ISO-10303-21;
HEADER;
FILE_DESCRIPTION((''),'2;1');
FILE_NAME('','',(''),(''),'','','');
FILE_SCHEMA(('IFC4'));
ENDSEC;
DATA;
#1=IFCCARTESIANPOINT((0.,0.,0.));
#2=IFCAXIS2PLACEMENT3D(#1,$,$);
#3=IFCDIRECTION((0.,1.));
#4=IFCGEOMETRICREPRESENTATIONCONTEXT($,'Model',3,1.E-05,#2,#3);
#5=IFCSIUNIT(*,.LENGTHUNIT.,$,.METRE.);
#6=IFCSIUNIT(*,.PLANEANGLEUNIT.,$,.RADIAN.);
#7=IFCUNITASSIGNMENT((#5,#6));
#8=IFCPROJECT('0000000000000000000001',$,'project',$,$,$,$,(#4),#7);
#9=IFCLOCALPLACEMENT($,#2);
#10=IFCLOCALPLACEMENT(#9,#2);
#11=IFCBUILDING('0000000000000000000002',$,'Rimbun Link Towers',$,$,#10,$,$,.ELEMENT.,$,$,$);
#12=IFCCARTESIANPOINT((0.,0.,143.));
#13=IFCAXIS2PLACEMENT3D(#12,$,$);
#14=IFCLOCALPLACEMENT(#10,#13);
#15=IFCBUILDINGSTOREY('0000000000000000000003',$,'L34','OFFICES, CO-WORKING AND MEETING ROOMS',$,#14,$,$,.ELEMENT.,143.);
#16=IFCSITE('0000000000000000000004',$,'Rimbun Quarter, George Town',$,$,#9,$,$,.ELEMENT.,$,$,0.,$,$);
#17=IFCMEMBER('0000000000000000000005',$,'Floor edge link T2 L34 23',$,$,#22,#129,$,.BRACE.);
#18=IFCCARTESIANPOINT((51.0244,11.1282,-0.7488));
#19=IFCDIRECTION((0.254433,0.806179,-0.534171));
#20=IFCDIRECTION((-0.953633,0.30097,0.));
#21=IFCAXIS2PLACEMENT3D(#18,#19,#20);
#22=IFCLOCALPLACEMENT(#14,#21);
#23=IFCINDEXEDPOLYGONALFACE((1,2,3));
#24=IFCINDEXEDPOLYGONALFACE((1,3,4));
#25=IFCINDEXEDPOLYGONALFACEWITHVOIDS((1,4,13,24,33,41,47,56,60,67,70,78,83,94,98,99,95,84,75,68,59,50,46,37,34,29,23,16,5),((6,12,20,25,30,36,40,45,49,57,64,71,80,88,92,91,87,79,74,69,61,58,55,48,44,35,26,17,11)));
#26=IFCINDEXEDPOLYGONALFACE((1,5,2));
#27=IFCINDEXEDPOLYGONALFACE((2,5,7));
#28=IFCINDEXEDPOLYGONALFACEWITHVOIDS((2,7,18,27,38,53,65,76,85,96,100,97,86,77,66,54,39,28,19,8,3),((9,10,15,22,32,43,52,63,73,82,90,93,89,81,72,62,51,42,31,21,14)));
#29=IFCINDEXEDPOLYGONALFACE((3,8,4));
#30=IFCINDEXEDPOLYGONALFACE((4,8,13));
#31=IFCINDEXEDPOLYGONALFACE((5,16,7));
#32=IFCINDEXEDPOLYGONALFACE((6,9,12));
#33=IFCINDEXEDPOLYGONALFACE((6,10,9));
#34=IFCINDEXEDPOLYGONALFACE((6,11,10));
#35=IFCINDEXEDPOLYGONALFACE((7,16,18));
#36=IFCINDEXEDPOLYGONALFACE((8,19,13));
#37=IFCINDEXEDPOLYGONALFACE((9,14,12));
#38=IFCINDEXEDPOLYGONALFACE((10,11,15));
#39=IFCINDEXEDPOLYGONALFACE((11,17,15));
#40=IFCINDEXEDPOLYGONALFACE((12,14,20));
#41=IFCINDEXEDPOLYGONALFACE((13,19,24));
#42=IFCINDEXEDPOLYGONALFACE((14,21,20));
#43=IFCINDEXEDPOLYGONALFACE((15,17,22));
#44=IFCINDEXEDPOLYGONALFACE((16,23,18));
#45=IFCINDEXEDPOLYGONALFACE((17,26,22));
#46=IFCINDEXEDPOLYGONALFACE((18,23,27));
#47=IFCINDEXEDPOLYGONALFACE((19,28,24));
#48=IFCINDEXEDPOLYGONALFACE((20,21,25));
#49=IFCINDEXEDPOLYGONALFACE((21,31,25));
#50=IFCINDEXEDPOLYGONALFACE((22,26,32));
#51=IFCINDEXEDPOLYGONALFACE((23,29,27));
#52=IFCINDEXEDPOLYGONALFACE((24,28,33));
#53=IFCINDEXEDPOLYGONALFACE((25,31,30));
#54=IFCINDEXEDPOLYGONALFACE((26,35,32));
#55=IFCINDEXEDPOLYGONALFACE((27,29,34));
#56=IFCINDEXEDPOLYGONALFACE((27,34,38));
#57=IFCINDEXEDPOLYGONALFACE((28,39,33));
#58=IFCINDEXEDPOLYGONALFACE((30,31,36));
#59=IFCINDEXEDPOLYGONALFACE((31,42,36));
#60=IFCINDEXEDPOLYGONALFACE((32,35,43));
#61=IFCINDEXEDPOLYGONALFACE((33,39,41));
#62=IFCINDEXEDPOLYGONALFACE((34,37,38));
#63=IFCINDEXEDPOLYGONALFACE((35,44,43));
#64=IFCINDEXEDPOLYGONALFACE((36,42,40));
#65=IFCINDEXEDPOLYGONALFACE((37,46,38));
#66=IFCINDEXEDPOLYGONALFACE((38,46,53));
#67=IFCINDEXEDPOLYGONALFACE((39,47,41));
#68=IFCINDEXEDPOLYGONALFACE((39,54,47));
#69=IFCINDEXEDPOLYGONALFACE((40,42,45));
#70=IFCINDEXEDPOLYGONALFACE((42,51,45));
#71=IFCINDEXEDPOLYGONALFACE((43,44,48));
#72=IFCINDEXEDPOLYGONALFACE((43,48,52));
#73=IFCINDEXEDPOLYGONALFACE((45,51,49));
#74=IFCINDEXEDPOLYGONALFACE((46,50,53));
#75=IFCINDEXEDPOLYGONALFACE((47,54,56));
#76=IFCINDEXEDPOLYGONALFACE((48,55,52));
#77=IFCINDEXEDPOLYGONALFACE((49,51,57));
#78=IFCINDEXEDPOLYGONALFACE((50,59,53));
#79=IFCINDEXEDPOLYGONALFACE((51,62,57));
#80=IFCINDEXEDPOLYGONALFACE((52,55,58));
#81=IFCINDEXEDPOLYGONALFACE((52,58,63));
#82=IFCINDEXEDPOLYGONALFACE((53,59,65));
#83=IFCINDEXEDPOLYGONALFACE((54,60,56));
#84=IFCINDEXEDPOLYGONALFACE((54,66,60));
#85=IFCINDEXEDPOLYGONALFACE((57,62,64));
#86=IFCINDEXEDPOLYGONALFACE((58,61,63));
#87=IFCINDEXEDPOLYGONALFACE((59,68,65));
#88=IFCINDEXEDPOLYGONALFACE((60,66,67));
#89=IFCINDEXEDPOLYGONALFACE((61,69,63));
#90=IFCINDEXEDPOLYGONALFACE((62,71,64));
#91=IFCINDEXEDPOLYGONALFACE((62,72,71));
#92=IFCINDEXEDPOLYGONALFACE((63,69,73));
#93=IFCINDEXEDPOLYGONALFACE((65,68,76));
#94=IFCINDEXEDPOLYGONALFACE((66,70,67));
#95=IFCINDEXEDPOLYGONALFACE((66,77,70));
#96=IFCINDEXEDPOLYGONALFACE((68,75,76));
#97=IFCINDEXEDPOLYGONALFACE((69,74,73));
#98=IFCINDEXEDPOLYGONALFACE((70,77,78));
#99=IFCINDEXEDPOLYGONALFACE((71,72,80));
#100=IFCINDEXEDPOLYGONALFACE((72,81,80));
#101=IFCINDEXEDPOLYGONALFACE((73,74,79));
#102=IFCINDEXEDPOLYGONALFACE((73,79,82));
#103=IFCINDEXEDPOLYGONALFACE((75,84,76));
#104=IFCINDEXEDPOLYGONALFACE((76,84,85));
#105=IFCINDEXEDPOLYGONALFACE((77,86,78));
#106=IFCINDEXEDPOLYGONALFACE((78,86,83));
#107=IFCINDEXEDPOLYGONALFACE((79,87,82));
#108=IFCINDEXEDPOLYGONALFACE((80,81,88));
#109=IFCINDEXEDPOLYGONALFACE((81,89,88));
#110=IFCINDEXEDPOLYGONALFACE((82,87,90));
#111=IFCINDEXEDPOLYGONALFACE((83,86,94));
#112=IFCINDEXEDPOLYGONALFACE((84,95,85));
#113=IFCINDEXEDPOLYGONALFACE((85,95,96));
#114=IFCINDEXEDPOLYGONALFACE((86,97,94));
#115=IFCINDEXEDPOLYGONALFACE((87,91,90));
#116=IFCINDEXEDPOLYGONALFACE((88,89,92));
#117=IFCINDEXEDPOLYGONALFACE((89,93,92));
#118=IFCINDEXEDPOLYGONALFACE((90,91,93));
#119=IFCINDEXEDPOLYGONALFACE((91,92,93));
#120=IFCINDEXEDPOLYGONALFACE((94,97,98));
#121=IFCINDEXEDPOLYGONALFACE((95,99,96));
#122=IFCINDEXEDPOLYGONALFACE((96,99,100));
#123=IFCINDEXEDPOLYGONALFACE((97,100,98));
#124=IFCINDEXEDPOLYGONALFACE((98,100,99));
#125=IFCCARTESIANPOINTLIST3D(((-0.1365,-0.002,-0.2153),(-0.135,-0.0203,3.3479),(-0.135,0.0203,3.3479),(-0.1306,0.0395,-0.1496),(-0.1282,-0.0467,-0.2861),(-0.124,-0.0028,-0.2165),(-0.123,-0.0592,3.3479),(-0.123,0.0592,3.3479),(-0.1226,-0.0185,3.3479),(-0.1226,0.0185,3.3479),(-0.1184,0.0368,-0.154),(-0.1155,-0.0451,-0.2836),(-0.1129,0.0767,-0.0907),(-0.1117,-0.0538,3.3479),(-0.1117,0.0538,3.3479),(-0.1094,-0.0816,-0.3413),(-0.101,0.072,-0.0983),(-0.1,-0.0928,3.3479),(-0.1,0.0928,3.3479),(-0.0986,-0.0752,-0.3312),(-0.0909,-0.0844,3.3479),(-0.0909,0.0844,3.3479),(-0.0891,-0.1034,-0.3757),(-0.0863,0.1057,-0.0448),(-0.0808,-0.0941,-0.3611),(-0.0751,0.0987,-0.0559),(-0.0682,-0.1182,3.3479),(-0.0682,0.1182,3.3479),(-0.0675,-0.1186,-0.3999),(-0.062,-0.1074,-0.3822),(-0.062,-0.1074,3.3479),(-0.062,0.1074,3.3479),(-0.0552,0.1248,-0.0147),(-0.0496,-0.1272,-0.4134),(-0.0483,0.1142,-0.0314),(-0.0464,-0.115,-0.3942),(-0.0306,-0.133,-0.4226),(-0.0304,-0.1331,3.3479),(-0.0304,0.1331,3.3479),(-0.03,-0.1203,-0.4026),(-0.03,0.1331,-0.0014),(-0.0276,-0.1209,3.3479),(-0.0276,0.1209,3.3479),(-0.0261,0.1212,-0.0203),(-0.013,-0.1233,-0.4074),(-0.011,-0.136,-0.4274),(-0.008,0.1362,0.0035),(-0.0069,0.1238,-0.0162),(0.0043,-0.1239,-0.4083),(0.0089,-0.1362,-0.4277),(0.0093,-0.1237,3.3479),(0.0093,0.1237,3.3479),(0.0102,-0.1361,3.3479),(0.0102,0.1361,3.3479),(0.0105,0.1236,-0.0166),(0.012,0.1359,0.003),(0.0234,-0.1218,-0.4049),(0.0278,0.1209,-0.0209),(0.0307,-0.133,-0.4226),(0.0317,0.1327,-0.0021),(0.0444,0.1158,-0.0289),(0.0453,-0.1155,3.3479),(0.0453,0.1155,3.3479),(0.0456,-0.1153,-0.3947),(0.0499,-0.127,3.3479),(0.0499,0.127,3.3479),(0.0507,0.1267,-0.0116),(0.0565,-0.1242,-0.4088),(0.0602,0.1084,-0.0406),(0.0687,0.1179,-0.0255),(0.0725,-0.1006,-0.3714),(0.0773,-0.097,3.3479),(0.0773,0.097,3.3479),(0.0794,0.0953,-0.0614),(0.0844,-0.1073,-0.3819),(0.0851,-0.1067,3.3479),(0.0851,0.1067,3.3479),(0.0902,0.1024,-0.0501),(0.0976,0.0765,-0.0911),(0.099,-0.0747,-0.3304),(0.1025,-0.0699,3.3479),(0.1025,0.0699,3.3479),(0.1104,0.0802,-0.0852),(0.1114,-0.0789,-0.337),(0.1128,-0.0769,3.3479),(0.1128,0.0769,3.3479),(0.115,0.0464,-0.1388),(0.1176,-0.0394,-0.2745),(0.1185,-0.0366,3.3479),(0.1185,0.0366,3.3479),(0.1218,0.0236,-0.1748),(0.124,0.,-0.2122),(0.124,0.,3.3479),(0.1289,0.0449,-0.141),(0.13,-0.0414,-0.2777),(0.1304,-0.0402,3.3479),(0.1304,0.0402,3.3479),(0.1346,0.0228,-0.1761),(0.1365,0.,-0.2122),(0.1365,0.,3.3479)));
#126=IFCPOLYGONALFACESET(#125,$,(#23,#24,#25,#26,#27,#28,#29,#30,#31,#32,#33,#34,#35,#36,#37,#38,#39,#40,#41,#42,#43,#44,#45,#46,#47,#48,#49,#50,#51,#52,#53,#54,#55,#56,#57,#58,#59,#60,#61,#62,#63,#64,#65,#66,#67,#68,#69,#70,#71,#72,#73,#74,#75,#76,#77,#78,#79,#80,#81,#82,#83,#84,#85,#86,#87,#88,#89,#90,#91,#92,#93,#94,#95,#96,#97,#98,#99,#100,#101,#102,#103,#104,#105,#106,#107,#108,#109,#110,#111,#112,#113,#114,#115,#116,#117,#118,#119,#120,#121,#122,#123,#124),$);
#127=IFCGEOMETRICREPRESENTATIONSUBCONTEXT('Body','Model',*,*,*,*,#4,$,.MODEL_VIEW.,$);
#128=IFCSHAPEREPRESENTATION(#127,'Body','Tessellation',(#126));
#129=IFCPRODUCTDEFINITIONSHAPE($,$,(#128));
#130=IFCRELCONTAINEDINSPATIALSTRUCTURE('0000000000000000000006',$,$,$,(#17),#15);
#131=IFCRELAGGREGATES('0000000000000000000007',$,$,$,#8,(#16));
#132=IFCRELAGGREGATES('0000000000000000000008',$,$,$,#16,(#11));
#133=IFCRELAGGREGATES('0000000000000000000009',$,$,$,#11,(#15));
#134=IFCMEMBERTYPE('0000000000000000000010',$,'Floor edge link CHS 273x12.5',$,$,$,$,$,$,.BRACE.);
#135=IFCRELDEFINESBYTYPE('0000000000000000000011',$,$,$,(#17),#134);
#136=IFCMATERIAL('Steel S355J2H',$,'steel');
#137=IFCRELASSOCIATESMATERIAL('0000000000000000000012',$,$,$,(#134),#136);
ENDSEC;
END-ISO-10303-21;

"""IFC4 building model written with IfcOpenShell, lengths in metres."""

from ifc_helpers import new_model, si_unit, direction, frame, origin, origin_2d, place, context, subcontext, project, spatial, hollow_circle, extrude, clip, halfspace, material, material_profile, profile_set, type_object, element, save


model = new_model("IFC4")

# Units and contexts
model_context = context("Model", 3, precision=1e-05, world=origin(), true_north=direction((0.0, 1.0)))
body_context = subcontext(model_context, "Body", "Model", "MODEL_VIEW")
ifc_project = project(units=[si_unit("LENGTHUNIT", "METRE"), si_unit("PLANEANGLEUNIT", "RADIAN")], contexts=[model_context])

# Site, building, storey
site_placement = place(None, origin())
site = spatial("IfcSite", under=ifc_project, at=site_placement, Name="Rimbun Quarter, George Town", CompositionType="ELEMENT", RefElevation=0.0)
building_placement = place(site_placement, origin())
building = spatial("IfcBuilding", under=site, at=building_placement, Name="Rimbun Link Towers", CompositionType="ELEMENT")
storey_placement = place(building_placement, frame((0.0, 0.0, 143.0)))
storey = spatial("IfcBuildingStorey", under=building, at=storey_placement, Name="L34", Description="OFFICES, CO-WORKING AND MEETING ROOMS", CompositionType="ELEMENT", Elevation=143.0)

# Member
ifc_material_1 = material(Name="Steel S355J2H", Category="steel")
ifc_material_profile_1 = material_profile(ifc_material_1, hollow_circle(Radius=0.1365, WallThickness=0.0125, at=origin_2d()), Name="CHS 273x12.5")
ifc_profile_set_1 = profile_set([ifc_material_profile_1], Name="Steel S355J2H")
member_type = type_object("IfcMemberType", Name="Floor edge link CHS 273x12.5", PredefinedType="BRACE", material=ifc_profile_set_1)
member_placement = place(storey_placement, frame((51.0244, 11.1282, -0.7488), z_axis=(0.254433, 0.806179, -0.534171), x_axis=(-0.953633, 0.30097, 0.0)))
element("IfcMember", 1, at=member_placement, inside=storey, type_object=member_type, Name="Floor edge link T2 L34 23", PredefinedType="BRACE", context=body_context, shape_type="Clipping", body=[
    clip(extrude(hollow_circle(Radius=0.1365, WallThickness=0.0125, at=origin_2d()), frame((0.0, 0.0, -0.4509)), (0.0, 0.0, 1.0), 3.7988), halfspace(frame((0.0, 0.0, -0.2122), z_axis=(0.0, 0.845376, -0.534171)), False)),
])

save(model, "model.ifc")
